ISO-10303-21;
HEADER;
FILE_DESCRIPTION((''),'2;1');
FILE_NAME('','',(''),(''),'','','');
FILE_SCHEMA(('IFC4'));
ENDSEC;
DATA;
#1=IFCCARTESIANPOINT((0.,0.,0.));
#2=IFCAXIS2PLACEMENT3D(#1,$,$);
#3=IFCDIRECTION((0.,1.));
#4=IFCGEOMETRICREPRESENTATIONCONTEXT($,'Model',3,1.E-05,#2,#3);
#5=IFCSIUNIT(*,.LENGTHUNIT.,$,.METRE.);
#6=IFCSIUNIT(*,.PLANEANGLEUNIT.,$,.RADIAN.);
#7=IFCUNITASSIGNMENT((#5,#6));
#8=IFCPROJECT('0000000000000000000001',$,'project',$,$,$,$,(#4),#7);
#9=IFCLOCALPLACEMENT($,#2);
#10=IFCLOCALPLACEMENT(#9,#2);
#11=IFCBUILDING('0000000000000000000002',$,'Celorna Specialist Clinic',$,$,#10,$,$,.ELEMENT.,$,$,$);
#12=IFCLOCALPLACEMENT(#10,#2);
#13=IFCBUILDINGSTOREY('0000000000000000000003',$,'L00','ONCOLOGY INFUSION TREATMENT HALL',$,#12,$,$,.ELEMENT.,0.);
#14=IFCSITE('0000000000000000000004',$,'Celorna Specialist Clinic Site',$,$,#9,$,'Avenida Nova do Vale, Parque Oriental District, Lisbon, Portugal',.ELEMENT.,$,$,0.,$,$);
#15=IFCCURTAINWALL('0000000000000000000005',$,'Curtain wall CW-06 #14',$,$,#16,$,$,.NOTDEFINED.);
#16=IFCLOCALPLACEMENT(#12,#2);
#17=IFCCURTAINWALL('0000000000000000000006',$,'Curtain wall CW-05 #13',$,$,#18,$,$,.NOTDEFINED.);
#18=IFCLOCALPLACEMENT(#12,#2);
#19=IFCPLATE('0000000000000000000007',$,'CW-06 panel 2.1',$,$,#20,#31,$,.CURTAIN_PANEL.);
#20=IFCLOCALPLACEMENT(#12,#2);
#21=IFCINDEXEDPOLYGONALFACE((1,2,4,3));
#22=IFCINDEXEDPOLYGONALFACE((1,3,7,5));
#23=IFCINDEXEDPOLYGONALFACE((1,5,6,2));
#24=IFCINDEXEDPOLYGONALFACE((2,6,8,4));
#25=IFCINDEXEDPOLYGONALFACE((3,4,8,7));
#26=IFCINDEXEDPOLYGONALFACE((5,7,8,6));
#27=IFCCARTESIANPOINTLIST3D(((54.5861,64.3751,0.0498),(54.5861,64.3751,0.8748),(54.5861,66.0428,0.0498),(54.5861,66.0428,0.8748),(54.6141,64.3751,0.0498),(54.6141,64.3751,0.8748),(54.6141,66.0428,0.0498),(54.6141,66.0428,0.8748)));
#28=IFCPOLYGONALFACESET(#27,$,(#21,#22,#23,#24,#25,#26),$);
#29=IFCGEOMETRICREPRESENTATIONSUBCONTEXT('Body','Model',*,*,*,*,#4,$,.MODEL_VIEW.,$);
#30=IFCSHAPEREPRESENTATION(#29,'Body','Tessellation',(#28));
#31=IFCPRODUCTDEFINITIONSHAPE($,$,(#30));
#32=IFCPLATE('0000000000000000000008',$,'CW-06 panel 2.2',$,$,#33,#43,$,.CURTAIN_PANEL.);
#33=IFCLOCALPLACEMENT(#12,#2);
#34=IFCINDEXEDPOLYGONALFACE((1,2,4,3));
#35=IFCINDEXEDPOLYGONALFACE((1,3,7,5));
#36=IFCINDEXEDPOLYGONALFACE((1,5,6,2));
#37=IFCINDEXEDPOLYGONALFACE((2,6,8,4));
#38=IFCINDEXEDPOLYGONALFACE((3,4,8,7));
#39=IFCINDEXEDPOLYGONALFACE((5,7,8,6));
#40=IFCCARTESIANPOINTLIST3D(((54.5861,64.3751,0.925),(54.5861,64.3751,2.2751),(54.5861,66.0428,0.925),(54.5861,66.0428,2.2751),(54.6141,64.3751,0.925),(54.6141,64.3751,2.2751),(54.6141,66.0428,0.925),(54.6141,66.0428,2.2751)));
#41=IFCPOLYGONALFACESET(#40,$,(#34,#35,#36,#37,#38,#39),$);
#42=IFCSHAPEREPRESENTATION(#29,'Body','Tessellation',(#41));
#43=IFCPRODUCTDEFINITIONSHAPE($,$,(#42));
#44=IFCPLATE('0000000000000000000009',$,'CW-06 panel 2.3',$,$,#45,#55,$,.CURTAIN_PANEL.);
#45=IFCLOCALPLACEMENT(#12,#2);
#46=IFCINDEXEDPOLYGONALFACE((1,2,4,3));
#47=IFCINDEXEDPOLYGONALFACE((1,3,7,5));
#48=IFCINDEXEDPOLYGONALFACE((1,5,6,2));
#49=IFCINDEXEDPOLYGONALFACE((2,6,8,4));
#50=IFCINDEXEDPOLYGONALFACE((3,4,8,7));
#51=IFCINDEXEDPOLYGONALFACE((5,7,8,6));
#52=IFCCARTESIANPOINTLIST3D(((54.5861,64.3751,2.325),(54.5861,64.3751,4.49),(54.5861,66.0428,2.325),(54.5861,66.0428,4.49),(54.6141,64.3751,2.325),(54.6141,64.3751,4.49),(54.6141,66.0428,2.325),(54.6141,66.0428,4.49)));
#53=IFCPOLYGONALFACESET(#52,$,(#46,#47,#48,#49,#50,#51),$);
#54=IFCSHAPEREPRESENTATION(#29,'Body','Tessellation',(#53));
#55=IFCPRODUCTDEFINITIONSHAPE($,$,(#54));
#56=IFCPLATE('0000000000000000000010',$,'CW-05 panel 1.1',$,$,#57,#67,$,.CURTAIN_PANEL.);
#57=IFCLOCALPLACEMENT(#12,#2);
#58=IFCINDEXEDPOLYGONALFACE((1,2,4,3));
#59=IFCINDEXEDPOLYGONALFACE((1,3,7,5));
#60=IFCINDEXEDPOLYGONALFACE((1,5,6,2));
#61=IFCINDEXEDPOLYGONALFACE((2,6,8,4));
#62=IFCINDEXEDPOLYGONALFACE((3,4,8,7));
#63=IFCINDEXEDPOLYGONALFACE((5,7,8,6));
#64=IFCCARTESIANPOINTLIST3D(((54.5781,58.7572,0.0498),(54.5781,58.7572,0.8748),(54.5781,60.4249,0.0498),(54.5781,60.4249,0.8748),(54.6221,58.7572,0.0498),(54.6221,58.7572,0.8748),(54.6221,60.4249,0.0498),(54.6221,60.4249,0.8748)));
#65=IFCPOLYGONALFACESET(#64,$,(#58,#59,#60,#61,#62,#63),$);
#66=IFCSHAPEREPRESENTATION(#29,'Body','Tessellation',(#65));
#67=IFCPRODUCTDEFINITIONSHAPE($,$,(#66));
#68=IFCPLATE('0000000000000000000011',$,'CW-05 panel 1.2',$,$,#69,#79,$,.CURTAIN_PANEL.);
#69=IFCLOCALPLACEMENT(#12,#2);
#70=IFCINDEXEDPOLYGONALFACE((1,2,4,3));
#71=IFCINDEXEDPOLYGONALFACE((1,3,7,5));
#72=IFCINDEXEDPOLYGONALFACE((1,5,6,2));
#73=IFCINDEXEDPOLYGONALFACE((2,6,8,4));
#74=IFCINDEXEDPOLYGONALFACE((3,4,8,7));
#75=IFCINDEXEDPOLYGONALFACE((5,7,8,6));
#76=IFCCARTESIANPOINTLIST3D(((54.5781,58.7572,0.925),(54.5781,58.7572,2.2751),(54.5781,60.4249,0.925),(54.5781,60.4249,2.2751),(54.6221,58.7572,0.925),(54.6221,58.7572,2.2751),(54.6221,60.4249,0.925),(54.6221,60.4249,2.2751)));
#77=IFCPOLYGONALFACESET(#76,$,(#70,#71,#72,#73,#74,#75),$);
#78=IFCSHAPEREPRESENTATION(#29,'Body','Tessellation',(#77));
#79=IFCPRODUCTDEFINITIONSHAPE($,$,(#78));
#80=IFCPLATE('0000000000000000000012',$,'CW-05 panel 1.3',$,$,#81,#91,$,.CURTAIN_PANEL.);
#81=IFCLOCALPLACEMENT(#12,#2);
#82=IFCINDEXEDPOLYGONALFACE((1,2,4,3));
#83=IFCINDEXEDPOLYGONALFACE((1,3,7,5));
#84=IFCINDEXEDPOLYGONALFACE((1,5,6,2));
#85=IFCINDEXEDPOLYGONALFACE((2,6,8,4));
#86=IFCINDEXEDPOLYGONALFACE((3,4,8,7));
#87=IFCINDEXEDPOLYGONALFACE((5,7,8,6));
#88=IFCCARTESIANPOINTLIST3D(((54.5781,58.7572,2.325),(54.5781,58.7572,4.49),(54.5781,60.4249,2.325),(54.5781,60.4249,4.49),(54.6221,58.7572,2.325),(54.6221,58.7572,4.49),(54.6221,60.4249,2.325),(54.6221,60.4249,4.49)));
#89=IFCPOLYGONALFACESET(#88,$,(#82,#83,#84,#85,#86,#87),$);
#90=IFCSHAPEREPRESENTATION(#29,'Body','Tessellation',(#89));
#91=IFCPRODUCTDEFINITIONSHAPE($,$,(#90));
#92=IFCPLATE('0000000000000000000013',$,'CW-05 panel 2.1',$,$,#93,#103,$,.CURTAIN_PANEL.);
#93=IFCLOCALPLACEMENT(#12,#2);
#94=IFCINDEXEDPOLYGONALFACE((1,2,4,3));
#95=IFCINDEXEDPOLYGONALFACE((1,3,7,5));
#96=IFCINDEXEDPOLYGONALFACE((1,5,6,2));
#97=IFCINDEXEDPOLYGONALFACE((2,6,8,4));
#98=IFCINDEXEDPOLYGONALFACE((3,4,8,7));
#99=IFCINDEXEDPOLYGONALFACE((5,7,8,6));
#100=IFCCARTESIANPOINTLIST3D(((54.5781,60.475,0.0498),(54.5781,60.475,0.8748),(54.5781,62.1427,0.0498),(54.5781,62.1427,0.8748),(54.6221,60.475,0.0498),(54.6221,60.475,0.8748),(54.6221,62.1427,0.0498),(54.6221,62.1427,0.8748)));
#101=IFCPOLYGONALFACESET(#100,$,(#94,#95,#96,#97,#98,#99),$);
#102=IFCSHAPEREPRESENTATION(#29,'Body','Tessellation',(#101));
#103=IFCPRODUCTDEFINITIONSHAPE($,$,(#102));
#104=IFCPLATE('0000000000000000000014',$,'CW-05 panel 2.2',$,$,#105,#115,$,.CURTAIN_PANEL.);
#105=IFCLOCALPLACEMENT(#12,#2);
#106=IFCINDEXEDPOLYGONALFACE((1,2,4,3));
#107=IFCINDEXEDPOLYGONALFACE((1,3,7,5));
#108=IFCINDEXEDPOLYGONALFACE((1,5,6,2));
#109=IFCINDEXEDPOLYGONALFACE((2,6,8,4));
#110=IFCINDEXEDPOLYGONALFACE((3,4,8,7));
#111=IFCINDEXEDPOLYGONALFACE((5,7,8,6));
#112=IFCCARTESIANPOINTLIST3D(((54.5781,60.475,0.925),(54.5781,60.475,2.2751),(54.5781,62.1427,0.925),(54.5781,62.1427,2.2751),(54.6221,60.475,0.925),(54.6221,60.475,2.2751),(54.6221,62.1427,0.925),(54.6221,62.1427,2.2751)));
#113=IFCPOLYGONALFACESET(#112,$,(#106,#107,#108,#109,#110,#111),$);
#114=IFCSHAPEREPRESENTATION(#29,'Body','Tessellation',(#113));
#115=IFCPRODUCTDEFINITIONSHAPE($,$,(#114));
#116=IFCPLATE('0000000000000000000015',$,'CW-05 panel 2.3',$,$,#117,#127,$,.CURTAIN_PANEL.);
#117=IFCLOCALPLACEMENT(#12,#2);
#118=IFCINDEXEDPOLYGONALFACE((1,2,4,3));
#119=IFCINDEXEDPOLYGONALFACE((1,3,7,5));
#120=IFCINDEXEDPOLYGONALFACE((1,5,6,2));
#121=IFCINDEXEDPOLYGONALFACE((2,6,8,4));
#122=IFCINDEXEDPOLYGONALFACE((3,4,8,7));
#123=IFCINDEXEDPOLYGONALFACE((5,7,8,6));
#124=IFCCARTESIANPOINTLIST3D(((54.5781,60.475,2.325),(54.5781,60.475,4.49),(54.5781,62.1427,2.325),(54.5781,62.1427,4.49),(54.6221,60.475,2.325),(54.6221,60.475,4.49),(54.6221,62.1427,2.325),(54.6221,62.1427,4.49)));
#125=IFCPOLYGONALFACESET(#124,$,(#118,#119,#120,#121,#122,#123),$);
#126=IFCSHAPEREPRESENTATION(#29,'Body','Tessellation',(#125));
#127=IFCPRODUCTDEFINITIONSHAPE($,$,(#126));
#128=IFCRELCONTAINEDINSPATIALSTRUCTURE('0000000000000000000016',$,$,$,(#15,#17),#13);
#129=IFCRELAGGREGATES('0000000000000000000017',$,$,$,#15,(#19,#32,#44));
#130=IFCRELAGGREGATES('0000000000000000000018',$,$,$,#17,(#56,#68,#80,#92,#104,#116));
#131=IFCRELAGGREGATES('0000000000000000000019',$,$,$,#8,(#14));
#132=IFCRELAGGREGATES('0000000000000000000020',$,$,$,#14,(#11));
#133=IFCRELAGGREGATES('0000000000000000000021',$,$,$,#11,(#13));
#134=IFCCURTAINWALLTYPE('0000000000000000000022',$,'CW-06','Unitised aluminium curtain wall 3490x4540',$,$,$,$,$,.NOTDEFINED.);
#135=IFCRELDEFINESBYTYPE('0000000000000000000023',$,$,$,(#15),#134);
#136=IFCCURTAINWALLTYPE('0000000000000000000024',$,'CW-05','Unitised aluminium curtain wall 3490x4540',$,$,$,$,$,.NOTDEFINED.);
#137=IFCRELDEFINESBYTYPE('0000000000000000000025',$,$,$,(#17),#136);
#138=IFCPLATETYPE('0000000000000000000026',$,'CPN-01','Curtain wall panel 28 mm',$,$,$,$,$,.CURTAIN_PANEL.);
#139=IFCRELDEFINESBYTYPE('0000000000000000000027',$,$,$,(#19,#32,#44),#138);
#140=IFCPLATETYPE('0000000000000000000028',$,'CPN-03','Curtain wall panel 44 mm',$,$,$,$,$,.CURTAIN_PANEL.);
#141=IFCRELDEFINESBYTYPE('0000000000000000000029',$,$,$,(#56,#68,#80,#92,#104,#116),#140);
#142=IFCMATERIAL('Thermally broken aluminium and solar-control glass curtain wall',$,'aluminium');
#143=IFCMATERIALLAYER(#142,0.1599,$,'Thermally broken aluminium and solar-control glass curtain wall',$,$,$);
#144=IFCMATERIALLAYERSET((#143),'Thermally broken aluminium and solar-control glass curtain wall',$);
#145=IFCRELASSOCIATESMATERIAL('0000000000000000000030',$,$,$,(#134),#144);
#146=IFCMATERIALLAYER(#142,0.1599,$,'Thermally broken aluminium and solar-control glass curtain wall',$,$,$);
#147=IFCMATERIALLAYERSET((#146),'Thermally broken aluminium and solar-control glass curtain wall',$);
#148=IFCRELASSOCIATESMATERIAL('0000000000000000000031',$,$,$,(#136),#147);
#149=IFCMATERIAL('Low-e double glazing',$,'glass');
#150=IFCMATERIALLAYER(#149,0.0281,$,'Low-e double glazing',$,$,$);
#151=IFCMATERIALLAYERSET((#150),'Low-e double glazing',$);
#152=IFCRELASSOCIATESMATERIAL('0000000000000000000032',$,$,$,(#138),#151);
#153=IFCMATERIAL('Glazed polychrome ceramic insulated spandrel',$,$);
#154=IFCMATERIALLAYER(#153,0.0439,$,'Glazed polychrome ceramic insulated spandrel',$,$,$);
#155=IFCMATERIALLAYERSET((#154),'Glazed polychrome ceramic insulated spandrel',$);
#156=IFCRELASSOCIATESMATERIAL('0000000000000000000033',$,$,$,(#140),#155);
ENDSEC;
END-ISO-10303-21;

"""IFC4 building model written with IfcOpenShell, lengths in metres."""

from ifc_helpers import new_model, si_unit, direction, frame, origin, origin_2d, place, context, subcontext, project, spatial, rectangle, extrude, material, layer, layer_set, type_object, element, aggregate, save


model = new_model("IFC4")

# Units and contexts
model_context = context("Model", 3, precision=1e-05, world=origin(), true_north=direction((0.0, 1.0)))
body_context = subcontext(model_context, "Body", "Model", "MODEL_VIEW")
ifc_project = project(units=[si_unit("LENGTHUNIT", "METRE"), si_unit("PLANEANGLEUNIT", "RADIAN")], contexts=[model_context])

# Site, building, storey
site_placement = place(None, origin())
site = spatial("IfcSite", under=ifc_project, at=site_placement, Name="Celorna Specialist Clinic Site", LongName="Avenida Nova do Vale, Parque Oriental District, Lisbon, Portugal", CompositionType="ELEMENT", RefElevation=0.0)
building_placement = place(site_placement, origin())
building = spatial("IfcBuilding", under=site, at=building_placement, Name="Celorna Specialist Clinic", CompositionType="ELEMENT")
storey_placement = place(building_placement, origin())
storey = spatial("IfcBuildingStorey", under=building, at=storey_placement, Name="L00", Description="ONCOLOGY INFUSION TREATMENT HALL", CompositionType="ELEMENT", Elevation=0.0)

# Curtain walls
ifc_material_1 = material(Name="Thermally broken aluminium and solar-control glass curtain wall", Category="aluminium")
ifc_layer_1 = layer(ifc_material_1, 0.1599, Name="Thermally broken aluminium and solar-control glass curtain wall")
ifc_layer_set_1 = layer_set([ifc_layer_1], Name="Thermally broken aluminium and solar-control glass curtain wall")
curtain_wall_type_1 = type_object("IfcCurtainWallType", Name="CW-06", Description="Unitised aluminium curtain wall 3490x4540", PredefinedType="NOTDEFINED", material=ifc_layer_set_1)
curtain_wall_1_placement = place(storey_placement, origin())
curtain_wall_1 = element("IfcCurtainWall", 1, at=curtain_wall_1_placement, inside=storey, type_object=curtain_wall_type_1, Name="Curtain wall CW-06 #14", PredefinedType="NOTDEFINED")
ifc_layer_2 = layer(ifc_material_1, 0.1599, Name="Thermally broken aluminium and solar-control glass curtain wall")
ifc_layer_set_2 = layer_set([ifc_layer_2], Name="Thermally broken aluminium and solar-control glass curtain wall")
curtain_wall_type_2 = type_object("IfcCurtainWallType", Name="CW-05", Description="Unitised aluminium curtain wall 3490x4540", PredefinedType="NOTDEFINED", material=ifc_layer_set_2)
curtain_wall_2_placement = place(storey_placement, origin())
curtain_wall_2 = element("IfcCurtainWall", 2, at=curtain_wall_2_placement, inside=storey, type_object=curtain_wall_type_2, Name="Curtain wall CW-05 #13", PredefinedType="NOTDEFINED")

# Plates
ifc_material_2 = material(Name="Low-e double glazing", Category="glass")
ifc_layer_3 = layer(ifc_material_2, 0.0281, Name="Low-e double glazing")
ifc_layer_set_3 = layer_set([ifc_layer_3], Name="Low-e double glazing")
plate_type_1 = type_object("IfcPlateType", Name="CPN-01", Description="Curtain wall panel 28 mm", PredefinedType="CURTAIN_PANEL", material=ifc_layer_set_3)
plate_1_placement = place(storey_placement, frame((54.6001, 65.209, 0.0498), z_axis=(0.0, 0.0, 1.0), x_axis=(0.0, 1.0, 0.0)))
plate_1 = element("IfcPlate", 3, at=plate_1_placement, type_object=plate_type_1, Name="CW-06 panel 2.1", PredefinedType="CURTAIN_PANEL", context=body_context, shape_type="SweptSolid", body=[
    extrude(rectangle(XDim=1.6677, YDim=0.0281, at=origin_2d()), origin(), (0.0, 0.0, 1.0), 0.825),
])
plate_2_placement = place(storey_placement, frame((54.6001, 65.209, 0.925), z_axis=(0.0, 0.0, 1.0), x_axis=(0.0, 1.0, 0.0)))
plate_2 = element("IfcPlate", 4, at=plate_2_placement, type_object=plate_type_1, Name="CW-06 panel 2.2", PredefinedType="CURTAIN_PANEL", context=body_context, shape_type="SweptSolid", body=[
    extrude(rectangle(XDim=1.6677, YDim=0.0281, at=origin_2d()), origin(), (0.0, 0.0, 1.0), 1.3501),
])
plate_3_placement = place(storey_placement, frame((54.6001, 65.209, 2.325), z_axis=(0.0, 0.0, 1.0), x_axis=(0.0, 1.0, 0.0)))
plate_3 = element("IfcPlate", 5, at=plate_3_placement, type_object=plate_type_1, Name="CW-06 panel 2.3", PredefinedType="CURTAIN_PANEL", context=body_context, shape_type="SweptSolid", body=[
    extrude(rectangle(XDim=1.6677, YDim=0.0281, at=origin_2d()), origin(), (0.0, 0.0, 1.0), 2.165),
])
aggregate(curtain_wall_1, [plate_1, plate_2, plate_3])
ifc_material_3 = material(Name="Glazed polychrome ceramic insulated spandrel")
ifc_layer_4 = layer(ifc_material_3, 0.0439, Name="Glazed polychrome ceramic insulated spandrel")
ifc_layer_set_4 = layer_set([ifc_layer_4], Name="Glazed polychrome ceramic insulated spandrel")
plate_type_2 = type_object("IfcPlateType", Name="CPN-03", Description="Curtain wall panel 44 mm", PredefinedType="CURTAIN_PANEL", material=ifc_layer_set_4)
plate_4_placement = place(storey_placement, frame((54.6001, 59.5911, 0.0498), z_axis=(0.0, 0.0, 1.0), x_axis=(0.0, 1.0, 0.0)))
plate_4 = element("IfcPlate", 6, at=plate_4_placement, type_object=plate_type_2, Name="CW-05 panel 1.1", PredefinedType="CURTAIN_PANEL", context=body_context, shape_type="SweptSolid", body=[
    extrude(rectangle(XDim=1.6677, YDim=0.0439, at=origin_2d()), origin(), (0.0, 0.0, 1.0), 0.825),
])
plate_5_placement = place(storey_placement, frame((54.6001, 59.5911, 0.925), z_axis=(0.0, 0.0, 1.0), x_axis=(0.0, 1.0, 0.0)))
plate_5 = element("IfcPlate", 7, at=plate_5_placement, type_object=plate_type_2, Name="CW-05 panel 1.2", PredefinedType="CURTAIN_PANEL", context=body_context, shape_type="SweptSolid", body=[
    extrude(rectangle(XDim=1.6677, YDim=0.0439, at=origin_2d()), origin(), (0.0, 0.0, 1.0), 1.3501),
])
plate_6_placement = place(storey_placement, frame((54.6001, 59.5911, 2.325), z_axis=(0.0, 0.0, 1.0), x_axis=(0.0, 1.0, 0.0)))
plate_6 = element("IfcPlate", 8, at=plate_6_placement, type_object=plate_type_2, Name="CW-05 panel 1.3", PredefinedType="CURTAIN_PANEL", context=body_context, shape_type="SweptSolid", body=[
    extrude(rectangle(XDim=1.6677, YDim=0.0439, at=origin_2d()), origin(), (0.0, 0.0, 1.0), 2.165),
])
plate_7_placement = place(storey_placement, frame((54.6001, 61.3088, 0.0498), z_axis=(0.0, 0.0, 1.0), x_axis=(0.0, 1.0, 0.0)))
plate_7 = element("IfcPlate", 9, at=plate_7_placement, type_object=plate_type_2, Name="CW-05 panel 2.1", PredefinedType="CURTAIN_PANEL", context=body_context, shape_type="SweptSolid", body=[
    extrude(rectangle(XDim=1.6677, YDim=0.0439, at=origin_2d()), origin(), (0.0, 0.0, 1.0), 0.825),
])
plate_8_placement = place(storey_placement, frame((54.6001, 61.3088, 0.925), z_axis=(0.0, 0.0, 1.0), x_axis=(0.0, 1.0, 0.0)))
plate_8 = element("IfcPlate", 10, at=plate_8_placement, type_object=plate_type_2, Name="CW-05 panel 2.2", PredefinedType="CURTAIN_PANEL", context=body_context, shape_type="SweptSolid", body=[
    extrude(rectangle(XDim=1.6677, YDim=0.0439, at=origin_2d()), origin(), (0.0, 0.0, 1.0), 1.3501),
])
plate_9_placement = place(storey_placement, frame((54.6001, 61.3088, 2.325), z_axis=(0.0, 0.0, 1.0), x_axis=(0.0, 1.0, 0.0)))
plate_9 = element("IfcPlate", 11, at=plate_9_placement, type_object=plate_type_2, Name="CW-05 panel 2.3", PredefinedType="CURTAIN_PANEL", context=body_context, shape_type="SweptSolid", body=[
    extrude(rectangle(XDim=1.6677, YDim=0.0439, at=origin_2d()), origin(), (0.0, 0.0, 1.0), 2.165),
])
aggregate(curtain_wall_2, [plate_4, plate_5, plate_6, plate_7, plate_8, plate_9])

save(model, "model.ifc")
